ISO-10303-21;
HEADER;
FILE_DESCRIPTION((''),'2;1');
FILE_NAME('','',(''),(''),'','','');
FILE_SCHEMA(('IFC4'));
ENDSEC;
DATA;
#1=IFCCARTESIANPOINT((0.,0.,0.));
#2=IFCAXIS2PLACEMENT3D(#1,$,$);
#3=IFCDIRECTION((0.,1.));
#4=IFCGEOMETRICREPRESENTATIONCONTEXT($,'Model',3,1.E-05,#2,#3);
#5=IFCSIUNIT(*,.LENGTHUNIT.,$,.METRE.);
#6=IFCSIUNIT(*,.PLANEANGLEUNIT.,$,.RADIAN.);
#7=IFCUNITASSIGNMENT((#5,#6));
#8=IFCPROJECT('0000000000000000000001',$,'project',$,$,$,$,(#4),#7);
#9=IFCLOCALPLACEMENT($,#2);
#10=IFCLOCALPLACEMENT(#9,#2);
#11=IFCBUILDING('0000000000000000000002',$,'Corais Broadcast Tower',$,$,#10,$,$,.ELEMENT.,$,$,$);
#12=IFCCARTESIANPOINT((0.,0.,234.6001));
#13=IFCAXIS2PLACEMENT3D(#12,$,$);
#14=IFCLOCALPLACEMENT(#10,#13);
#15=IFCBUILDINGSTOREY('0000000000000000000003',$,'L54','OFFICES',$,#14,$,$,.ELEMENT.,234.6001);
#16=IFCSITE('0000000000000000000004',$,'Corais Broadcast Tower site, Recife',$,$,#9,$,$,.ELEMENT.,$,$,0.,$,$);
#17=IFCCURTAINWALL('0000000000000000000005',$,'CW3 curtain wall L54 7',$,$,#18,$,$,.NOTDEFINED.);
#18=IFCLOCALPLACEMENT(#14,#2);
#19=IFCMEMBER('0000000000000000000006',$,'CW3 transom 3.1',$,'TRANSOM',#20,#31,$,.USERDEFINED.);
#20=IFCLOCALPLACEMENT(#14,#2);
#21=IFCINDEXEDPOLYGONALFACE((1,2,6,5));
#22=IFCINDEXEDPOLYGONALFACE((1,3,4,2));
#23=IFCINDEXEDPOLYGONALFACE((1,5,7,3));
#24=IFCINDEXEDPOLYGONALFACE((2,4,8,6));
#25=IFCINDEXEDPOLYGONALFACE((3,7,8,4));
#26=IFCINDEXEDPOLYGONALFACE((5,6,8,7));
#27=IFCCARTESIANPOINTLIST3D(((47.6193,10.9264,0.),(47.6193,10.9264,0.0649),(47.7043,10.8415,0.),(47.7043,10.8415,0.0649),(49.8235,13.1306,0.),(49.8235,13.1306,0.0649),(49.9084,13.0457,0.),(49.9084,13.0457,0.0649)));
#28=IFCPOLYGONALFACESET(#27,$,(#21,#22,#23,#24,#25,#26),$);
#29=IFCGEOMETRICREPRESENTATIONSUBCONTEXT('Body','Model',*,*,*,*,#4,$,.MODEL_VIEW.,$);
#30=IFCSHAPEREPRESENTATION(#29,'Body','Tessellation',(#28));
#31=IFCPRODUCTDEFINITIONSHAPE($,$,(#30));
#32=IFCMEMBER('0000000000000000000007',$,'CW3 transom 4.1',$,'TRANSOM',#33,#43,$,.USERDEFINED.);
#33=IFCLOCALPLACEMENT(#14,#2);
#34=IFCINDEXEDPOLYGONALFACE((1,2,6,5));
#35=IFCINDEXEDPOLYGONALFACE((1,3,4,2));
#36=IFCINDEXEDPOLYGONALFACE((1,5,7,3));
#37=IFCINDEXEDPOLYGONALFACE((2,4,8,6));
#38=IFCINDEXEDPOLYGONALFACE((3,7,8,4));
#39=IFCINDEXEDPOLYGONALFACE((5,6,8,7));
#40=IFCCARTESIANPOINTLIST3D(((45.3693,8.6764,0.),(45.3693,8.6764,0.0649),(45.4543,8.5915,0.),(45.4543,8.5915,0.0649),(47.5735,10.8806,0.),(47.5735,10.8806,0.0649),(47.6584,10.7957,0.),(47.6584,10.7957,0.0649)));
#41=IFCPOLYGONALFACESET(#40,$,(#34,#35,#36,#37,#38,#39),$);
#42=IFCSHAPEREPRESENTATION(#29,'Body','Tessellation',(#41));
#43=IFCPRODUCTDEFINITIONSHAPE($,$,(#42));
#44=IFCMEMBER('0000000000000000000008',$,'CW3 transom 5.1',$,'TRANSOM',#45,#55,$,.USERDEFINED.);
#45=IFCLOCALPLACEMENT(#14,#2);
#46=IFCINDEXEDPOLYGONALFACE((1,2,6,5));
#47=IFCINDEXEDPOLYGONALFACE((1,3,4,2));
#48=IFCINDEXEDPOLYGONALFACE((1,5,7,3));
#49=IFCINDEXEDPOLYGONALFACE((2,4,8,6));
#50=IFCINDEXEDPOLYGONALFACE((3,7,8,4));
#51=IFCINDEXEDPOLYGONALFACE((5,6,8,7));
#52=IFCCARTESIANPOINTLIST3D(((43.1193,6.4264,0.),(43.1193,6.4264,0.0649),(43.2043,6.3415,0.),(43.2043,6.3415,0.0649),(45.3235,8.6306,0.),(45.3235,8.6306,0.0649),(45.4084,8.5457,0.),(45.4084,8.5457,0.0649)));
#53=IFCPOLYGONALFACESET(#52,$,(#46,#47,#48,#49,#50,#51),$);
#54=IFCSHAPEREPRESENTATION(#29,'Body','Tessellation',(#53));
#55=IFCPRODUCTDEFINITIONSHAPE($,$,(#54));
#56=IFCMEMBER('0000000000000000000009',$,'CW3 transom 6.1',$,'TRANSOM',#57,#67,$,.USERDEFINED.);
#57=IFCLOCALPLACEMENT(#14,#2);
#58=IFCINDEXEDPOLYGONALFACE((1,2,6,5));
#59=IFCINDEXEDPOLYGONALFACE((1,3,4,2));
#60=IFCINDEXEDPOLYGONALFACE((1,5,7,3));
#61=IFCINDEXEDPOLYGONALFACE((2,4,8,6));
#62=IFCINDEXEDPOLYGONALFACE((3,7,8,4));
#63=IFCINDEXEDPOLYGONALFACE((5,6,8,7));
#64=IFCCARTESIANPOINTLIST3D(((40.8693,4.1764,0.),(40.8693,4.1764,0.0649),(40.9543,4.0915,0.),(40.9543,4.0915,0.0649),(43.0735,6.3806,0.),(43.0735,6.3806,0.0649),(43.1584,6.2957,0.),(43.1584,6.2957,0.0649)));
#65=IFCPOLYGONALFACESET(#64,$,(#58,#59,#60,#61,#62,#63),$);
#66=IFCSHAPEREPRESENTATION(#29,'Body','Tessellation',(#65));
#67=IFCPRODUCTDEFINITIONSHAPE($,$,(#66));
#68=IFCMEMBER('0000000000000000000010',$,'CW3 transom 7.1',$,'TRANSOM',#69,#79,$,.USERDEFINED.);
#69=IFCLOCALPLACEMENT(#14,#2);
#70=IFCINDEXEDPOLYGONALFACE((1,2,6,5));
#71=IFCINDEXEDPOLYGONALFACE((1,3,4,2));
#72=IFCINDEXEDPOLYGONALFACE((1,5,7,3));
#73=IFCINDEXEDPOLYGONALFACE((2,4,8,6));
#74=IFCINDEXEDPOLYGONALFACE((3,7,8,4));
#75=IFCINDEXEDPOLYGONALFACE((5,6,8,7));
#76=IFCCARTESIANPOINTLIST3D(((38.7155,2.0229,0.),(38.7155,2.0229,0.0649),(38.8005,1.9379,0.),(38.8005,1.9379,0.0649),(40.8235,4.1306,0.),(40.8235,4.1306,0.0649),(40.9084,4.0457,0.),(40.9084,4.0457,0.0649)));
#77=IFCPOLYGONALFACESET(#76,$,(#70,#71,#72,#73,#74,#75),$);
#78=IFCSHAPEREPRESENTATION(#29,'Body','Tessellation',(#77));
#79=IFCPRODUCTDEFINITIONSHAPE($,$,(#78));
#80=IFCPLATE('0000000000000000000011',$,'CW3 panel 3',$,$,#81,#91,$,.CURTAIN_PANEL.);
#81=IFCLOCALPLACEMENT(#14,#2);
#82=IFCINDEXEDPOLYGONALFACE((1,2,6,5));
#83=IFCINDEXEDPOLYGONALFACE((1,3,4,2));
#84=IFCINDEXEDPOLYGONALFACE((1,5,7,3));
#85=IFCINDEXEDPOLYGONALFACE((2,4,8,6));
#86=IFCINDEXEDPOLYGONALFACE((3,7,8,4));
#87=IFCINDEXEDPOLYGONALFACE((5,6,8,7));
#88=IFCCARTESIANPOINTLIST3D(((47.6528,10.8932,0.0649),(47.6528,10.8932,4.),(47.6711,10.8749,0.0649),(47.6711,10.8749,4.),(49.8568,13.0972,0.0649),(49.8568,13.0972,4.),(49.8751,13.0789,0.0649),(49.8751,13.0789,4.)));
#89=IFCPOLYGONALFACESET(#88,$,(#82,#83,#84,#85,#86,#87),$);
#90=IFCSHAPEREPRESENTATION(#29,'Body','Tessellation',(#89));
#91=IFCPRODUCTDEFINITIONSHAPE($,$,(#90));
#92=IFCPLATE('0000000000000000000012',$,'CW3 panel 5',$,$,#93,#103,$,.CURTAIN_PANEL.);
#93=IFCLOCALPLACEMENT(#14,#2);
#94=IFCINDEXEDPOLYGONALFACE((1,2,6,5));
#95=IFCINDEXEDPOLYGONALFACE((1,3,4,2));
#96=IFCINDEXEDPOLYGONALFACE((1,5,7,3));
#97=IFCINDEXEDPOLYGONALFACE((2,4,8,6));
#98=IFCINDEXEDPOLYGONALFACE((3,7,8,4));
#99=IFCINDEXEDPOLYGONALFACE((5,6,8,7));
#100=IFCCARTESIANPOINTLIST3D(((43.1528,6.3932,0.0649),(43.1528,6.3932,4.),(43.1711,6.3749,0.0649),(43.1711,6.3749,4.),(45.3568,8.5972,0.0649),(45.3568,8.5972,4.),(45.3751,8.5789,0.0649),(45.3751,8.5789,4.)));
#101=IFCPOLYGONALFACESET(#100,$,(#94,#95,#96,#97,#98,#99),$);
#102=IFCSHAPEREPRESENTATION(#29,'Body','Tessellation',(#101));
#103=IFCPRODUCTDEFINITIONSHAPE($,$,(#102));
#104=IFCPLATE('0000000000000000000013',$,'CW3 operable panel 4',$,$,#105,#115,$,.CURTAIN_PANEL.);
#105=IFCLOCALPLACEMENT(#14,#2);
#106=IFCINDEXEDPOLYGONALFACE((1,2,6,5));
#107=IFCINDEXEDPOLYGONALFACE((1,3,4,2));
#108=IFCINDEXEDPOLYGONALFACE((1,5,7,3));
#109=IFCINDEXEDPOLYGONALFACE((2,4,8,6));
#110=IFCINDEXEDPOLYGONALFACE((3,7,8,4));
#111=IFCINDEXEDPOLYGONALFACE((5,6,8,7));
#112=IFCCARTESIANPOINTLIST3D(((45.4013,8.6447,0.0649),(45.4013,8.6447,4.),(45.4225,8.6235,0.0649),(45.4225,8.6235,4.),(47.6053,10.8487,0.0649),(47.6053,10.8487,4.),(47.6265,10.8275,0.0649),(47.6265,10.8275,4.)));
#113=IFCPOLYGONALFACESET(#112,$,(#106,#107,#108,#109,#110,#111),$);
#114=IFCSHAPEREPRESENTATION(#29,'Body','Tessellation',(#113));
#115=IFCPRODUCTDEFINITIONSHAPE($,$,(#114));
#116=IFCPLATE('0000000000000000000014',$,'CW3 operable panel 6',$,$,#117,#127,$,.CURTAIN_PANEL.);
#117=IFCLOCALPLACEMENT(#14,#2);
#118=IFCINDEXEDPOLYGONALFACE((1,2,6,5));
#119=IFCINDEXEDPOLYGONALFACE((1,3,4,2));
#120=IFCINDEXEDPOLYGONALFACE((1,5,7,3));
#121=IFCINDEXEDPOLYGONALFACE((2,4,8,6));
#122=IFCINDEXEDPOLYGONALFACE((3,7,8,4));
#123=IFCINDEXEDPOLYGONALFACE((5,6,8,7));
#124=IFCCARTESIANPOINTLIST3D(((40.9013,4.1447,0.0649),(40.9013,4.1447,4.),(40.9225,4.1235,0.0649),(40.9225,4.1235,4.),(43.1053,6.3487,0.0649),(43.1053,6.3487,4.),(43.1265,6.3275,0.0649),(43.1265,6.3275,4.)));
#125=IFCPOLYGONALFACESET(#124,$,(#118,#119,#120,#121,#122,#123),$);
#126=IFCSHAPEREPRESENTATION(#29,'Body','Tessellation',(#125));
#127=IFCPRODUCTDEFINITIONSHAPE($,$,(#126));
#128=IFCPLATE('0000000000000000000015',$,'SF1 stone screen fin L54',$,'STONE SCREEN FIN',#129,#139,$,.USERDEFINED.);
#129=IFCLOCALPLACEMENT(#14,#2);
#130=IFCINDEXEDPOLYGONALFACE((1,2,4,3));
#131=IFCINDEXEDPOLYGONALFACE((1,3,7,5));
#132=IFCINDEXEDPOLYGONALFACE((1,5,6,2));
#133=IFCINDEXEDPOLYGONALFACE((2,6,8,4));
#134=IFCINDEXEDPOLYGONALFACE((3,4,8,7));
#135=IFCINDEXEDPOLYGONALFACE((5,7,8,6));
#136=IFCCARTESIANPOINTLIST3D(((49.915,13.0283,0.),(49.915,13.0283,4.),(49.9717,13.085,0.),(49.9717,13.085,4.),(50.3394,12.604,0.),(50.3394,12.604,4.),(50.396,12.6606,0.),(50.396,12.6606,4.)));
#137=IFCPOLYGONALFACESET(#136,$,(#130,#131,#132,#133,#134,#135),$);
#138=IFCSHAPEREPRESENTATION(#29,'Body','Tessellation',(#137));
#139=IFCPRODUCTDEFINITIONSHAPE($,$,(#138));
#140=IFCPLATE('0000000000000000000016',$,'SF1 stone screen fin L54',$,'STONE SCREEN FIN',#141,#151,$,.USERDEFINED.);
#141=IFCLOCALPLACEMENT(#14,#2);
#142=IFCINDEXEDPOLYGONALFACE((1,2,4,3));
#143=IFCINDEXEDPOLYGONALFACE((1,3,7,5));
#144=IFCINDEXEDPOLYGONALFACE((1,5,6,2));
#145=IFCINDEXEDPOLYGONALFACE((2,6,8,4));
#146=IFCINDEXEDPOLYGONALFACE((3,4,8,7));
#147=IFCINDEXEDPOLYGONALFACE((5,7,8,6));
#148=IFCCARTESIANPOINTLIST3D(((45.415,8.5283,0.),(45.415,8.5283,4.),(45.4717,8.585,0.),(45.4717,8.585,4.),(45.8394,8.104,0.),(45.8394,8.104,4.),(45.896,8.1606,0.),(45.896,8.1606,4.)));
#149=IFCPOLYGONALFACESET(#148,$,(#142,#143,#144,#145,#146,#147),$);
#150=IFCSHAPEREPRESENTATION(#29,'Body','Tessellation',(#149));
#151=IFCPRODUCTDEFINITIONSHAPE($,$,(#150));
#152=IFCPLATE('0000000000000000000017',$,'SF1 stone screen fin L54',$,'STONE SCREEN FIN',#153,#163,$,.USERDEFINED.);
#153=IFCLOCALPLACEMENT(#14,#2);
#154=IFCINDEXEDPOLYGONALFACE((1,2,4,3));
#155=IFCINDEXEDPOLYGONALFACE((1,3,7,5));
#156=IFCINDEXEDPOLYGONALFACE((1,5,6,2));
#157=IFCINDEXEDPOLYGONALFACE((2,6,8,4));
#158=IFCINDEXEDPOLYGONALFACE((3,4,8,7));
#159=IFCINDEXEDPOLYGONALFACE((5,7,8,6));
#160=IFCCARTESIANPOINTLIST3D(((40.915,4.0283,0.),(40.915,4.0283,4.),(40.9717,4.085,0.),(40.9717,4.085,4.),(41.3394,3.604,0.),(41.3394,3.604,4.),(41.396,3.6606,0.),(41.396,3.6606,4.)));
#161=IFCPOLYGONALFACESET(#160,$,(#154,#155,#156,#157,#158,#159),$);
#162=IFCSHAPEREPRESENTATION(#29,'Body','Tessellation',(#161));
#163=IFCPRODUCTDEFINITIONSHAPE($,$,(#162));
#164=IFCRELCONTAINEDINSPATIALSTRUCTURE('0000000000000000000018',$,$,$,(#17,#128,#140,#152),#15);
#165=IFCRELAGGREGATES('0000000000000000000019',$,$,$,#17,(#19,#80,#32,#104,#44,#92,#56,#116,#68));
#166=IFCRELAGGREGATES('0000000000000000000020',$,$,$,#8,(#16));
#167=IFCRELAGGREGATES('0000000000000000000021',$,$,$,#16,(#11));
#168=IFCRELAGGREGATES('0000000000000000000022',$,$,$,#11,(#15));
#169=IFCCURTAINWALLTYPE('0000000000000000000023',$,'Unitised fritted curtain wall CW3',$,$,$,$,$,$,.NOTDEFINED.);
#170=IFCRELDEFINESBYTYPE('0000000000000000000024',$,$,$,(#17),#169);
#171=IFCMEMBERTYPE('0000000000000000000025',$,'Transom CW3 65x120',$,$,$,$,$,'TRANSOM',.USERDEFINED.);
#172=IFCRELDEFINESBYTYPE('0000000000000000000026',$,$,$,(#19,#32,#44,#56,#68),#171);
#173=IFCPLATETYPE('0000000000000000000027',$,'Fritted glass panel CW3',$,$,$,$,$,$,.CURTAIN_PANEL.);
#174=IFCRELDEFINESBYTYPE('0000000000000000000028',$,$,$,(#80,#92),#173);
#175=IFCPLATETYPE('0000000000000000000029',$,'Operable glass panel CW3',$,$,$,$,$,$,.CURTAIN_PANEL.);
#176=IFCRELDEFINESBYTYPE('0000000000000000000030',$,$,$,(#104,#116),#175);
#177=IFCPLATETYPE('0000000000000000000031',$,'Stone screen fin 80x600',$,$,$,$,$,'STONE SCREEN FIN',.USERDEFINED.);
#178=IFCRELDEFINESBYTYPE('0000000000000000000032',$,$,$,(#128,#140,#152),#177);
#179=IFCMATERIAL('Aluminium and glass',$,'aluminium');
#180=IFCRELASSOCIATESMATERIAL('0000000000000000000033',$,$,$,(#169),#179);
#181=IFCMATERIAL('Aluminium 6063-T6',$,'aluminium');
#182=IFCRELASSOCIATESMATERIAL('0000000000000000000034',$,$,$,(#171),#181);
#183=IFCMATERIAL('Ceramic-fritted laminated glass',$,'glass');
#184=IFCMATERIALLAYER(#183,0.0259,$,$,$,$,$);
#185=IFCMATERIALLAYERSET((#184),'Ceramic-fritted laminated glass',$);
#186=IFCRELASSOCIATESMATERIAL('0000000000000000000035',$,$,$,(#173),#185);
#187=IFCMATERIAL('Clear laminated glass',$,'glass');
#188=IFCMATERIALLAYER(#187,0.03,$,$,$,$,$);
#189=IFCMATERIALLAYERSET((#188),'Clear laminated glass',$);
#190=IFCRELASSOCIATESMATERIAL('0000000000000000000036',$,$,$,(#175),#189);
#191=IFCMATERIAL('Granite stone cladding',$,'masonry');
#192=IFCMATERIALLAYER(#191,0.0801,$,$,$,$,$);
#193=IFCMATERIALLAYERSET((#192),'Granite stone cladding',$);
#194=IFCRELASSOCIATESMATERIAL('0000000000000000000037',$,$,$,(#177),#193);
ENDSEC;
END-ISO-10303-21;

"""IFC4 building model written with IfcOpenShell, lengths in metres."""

from ifc_helpers import new_model, si_unit, direction, frame, origin, origin_2d, place, context, subcontext, project, spatial, rectangle, extrude, material, layer, layer_set, material_profile, profile_set, type_object, element, aggregate, save


model = new_model("IFC4")

# Units and contexts
model_context = context("Model", 3, precision=1e-05, world=origin(), true_north=direction((0.0, 1.0)))
body_context = subcontext(model_context, "Body", "Model", "MODEL_VIEW")
ifc_project = project(units=[si_unit("LENGTHUNIT", "METRE"), si_unit("PLANEANGLEUNIT", "RADIAN")], contexts=[model_context])

# Site, building, storey
site_placement = place(None, origin())
site = spatial("IfcSite", under=ifc_project, at=site_placement, Name="Corais Broadcast Tower site, Recife", CompositionType="ELEMENT", RefElevation=0.0)
building_placement = place(site_placement, origin())
building = spatial("IfcBuilding", under=site, at=building_placement, Name="Corais Broadcast Tower", CompositionType="ELEMENT")
storey_placement = place(building_placement, frame((0.0, 0.0, 234.6001)))
storey = spatial("IfcBuildingStorey", under=building, at=storey_placement, Name="L54", Description="OFFICES", CompositionType="ELEMENT", Elevation=234.6001)

# Curtain wall
ifc_material_1 = material(Name="Aluminium and glass", Category="aluminium")
curtain_wall_type = type_object("IfcCurtainWallType", Name="Unitised fritted curtain wall CW3", PredefinedType="NOTDEFINED", material=ifc_material_1)
curtain_wall_placement = place(storey_placement, origin())
curtain_wall = element("IfcCurtainWall", 1, at=curtain_wall_placement, inside=storey, type_object=curtain_wall_type, Name="CW3 curtain wall L54 7", PredefinedType="NOTDEFINED")

# Members
ifc_material_2 = material(Name="Aluminium 6063-T6", Category="aluminium")
ifc_material_profile_1 = material_profile(ifc_material_2, rectangle(XDim=0.1201, YDim=0.0649, at=origin_2d()), Name="Transom CW3 65x120")
ifc_profile_set_1 = profile_set([ifc_material_profile_1], Name="Aluminium 6063-T6")
member_type_1 = type_object("IfcMemberType", Name="Transom CW3 65x120", ElementType="TRANSOM", PredefinedType="USERDEFINED", material=ifc_profile_set_1)
member_1_placement = place(storey_placement, frame((49.866, 13.0881, 0.0325), z_axis=(-0.707107, -0.707107, 0.0), x_axis=(0.707107, -0.707107, 0.0)))
member_1 = element("IfcMember", 2, at=member_1_placement, type_object=member_type_1, Name="CW3 transom 3.1", ObjectType="TRANSOM", PredefinedType="USERDEFINED", context=body_context, shape_type="SweptSolid", body=[
    extrude(rectangle(XDim=0.1201, YDim=0.0649, at=origin_2d()), origin(), (0.0, 0.0, 1.0), 3.1172),
])
member_2_placement = place(storey_placement, frame((47.616, 10.8381, 0.0325), z_axis=(-0.707107, -0.707107, 0.0), x_axis=(0.707107, -0.707107, 0.0)))
member_2 = element("IfcMember", 3, at=member_2_placement, type_object=member_type_1, Name="CW3 transom 4.1", ObjectType="TRANSOM", PredefinedType="USERDEFINED", context=body_context, shape_type="SweptSolid", body=[
    extrude(rectangle(XDim=0.1201, YDim=0.0649, at=origin_2d()), origin(), (0.0, 0.0, 1.0), 3.1172),
])
member_3_placement = place(storey_placement, frame((45.366, 8.5881, 0.0325), z_axis=(-0.707107, -0.707107, 0.0), x_axis=(0.707107, -0.707107, 0.0)))
member_3 = element("IfcMember", 4, at=member_3_placement, type_object=member_type_1, Name="CW3 transom 5.1", ObjectType="TRANSOM", PredefinedType="USERDEFINED", context=body_context, shape_type="SweptSolid", body=[
    extrude(rectangle(XDim=0.1201, YDim=0.0649, at=origin_2d()), origin(), (0.0, 0.0, 1.0), 3.1172),
])
member_4_placement = place(storey_placement, frame((43.116, 6.3381, 0.0325), z_axis=(-0.707107, -0.707107, 0.0), x_axis=(0.707107, -0.707107, 0.0)))
member_4 = element("IfcMember", 5, at=member_4_placement, type_object=member_type_1, Name="CW3 transom 6.1", ObjectType="TRANSOM", PredefinedType="USERDEFINED", context=body_context, shape_type="SweptSolid", body=[
    extrude(rectangle(XDim=0.1201, YDim=0.0649, at=origin_2d()), origin(), (0.0, 0.0, 1.0), 3.1172),
])
member_5_placement = place(storey_placement, frame((40.866, 4.0881, 0.0325), z_axis=(-0.707148, -0.707066, 0.0), x_axis=(0.707066, -0.707148, 0.0)))
member_5 = element("IfcMember", 6, at=member_5_placement, type_object=member_type_1, Name="CW3 transom 7.1", ObjectType="TRANSOM", PredefinedType="USERDEFINED", context=body_context, shape_type="SweptSolid", body=[
    extrude(rectangle(XDim=0.1201, YDim=0.0649, at=origin_2d()), origin(), (0.0, 0.0, 1.0), 2.981),
])

# Plates
ifc_material_3 = material(Name="Ceramic-fritted laminated glass", Category="glass")
ifc_layer_1 = layer(ifc_material_3, 0.0259)
ifc_layer_set_1 = layer_set([ifc_layer_1], Name="Ceramic-fritted laminated glass")
plate_type_1 = type_object("IfcPlateType", Name="Fritted glass panel CW3", PredefinedType="CURTAIN_PANEL", material=ifc_layer_set_1)
plate_1_placement = place(storey_placement, frame((48.7639, 11.9861, 0.0649), z_axis=(0.0, 0.0, 1.0), x_axis=(-0.707107, -0.707107, 0.0)))
plate_1 = element("IfcPlate", 7, at=plate_1_placement, type_object=plate_type_1, Name="CW3 panel 3", PredefinedType="CURTAIN_PANEL", context=body_context, shape_type="SweptSolid", body=[
    extrude(rectangle(XDim=3.1169, YDim=0.0259, at=origin_2d()), origin(), (0.0, 0.0, 1.0), 3.9351),
])
plate_2_placement = place(storey_placement, frame((44.2639, 7.4861, 0.0649), z_axis=(0.0, 0.0, 1.0), x_axis=(-0.707107, -0.707107, 0.0)))
plate_2 = element("IfcPlate", 8, at=plate_2_placement, type_object=plate_type_1, Name="CW3 panel 5", PredefinedType="CURTAIN_PANEL", context=body_context, shape_type="SweptSolid", body=[
    extrude(rectangle(XDim=3.1169, YDim=0.0259, at=origin_2d()), origin(), (0.0, 0.0, 1.0), 3.9351),
])
ifc_material_4 = material(Name="Clear laminated glass", Category="glass")
ifc_layer_2 = layer(ifc_material_4, 0.03)
ifc_layer_set_2 = layer_set([ifc_layer_2], Name="Clear laminated glass")
plate_type_2 = type_object("IfcPlateType", Name="Operable glass panel CW3", PredefinedType="CURTAIN_PANEL", material=ifc_layer_set_2)
plate_3_placement = place(storey_placement, frame((46.5139, 9.7361, 0.0649), z_axis=(0.0, 0.0, 1.0), x_axis=(-0.707107, -0.707107, 0.0)))
plate_3 = element("IfcPlate", 9, at=plate_3_placement, type_object=plate_type_2, Name="CW3 operable panel 4", PredefinedType="CURTAIN_PANEL", context=body_context, shape_type="SweptSolid", body=[
    extrude(rectangle(XDim=3.1169, YDim=0.03, at=origin_2d()), origin(), (0.0, 0.0, 1.0), 3.9351),
])
plate_4_placement = place(storey_placement, frame((42.0139, 5.2361, 0.0649), z_axis=(0.0, 0.0, 1.0), x_axis=(-0.707107, -0.707107, 0.0)))
plate_4 = element("IfcPlate", 10, at=plate_4_placement, type_object=plate_type_2, Name="CW3 operable panel 6", PredefinedType="CURTAIN_PANEL", context=body_context, shape_type="SweptSolid", body=[
    extrude(rectangle(XDim=3.1169, YDim=0.03, at=origin_2d()), origin(), (0.0, 0.0, 1.0), 3.9351),
])
aggregate(curtain_wall, [member_1, plate_1, member_2, plate_3, member_3, plate_2, member_4, plate_4, member_5])

# Plates
ifc_material_5 = material(Name="Granite stone cladding", Category="masonry")
ifc_layer_3 = layer(ifc_material_5, 0.0801)
ifc_layer_set_3 = layer_set([ifc_layer_3], Name="Granite stone cladding")
plate_type_3 = type_object("IfcPlateType", Name="Stone screen fin 80x600", ElementType="STONE SCREEN FIN", PredefinedType="USERDEFINED", material=ifc_layer_set_3)
for number, where, z_axis, x_axis, name in (
    (11, (50.1555, 12.8445, 0.0), (0.0, 0.0, 1.0), (-0.707107, -0.707107, 0.0), "SF1 stone screen fin L54"),
    (12, (45.6555, 8.3445, 0.0), (0.0, 0.0, 1.0), (-0.707107, -0.707107, 0.0), "SF1 stone screen fin L54"),
    (13, (41.1555, 3.8445, 0.0), (0.0, 0.0, 1.0), (-0.707107, -0.707107, 0.0), "SF1 stone screen fin L54"),
):
    element("IfcPlate", number, at=place(storey_placement, frame(where, z_axis=z_axis, x_axis=x_axis)), inside=storey, type_object=plate_type_3, Name=name, ObjectType="STONE SCREEN FIN", PredefinedType="USERDEFINED", context=body_context, shape_type="SweptSolid", body=[
        extrude(rectangle(XDim=0.0801, YDim=0.6001, at=origin_2d()), origin(), (0.0, 0.0, 1.0), 4.0),
    ])

save(model, "model.ifc")
